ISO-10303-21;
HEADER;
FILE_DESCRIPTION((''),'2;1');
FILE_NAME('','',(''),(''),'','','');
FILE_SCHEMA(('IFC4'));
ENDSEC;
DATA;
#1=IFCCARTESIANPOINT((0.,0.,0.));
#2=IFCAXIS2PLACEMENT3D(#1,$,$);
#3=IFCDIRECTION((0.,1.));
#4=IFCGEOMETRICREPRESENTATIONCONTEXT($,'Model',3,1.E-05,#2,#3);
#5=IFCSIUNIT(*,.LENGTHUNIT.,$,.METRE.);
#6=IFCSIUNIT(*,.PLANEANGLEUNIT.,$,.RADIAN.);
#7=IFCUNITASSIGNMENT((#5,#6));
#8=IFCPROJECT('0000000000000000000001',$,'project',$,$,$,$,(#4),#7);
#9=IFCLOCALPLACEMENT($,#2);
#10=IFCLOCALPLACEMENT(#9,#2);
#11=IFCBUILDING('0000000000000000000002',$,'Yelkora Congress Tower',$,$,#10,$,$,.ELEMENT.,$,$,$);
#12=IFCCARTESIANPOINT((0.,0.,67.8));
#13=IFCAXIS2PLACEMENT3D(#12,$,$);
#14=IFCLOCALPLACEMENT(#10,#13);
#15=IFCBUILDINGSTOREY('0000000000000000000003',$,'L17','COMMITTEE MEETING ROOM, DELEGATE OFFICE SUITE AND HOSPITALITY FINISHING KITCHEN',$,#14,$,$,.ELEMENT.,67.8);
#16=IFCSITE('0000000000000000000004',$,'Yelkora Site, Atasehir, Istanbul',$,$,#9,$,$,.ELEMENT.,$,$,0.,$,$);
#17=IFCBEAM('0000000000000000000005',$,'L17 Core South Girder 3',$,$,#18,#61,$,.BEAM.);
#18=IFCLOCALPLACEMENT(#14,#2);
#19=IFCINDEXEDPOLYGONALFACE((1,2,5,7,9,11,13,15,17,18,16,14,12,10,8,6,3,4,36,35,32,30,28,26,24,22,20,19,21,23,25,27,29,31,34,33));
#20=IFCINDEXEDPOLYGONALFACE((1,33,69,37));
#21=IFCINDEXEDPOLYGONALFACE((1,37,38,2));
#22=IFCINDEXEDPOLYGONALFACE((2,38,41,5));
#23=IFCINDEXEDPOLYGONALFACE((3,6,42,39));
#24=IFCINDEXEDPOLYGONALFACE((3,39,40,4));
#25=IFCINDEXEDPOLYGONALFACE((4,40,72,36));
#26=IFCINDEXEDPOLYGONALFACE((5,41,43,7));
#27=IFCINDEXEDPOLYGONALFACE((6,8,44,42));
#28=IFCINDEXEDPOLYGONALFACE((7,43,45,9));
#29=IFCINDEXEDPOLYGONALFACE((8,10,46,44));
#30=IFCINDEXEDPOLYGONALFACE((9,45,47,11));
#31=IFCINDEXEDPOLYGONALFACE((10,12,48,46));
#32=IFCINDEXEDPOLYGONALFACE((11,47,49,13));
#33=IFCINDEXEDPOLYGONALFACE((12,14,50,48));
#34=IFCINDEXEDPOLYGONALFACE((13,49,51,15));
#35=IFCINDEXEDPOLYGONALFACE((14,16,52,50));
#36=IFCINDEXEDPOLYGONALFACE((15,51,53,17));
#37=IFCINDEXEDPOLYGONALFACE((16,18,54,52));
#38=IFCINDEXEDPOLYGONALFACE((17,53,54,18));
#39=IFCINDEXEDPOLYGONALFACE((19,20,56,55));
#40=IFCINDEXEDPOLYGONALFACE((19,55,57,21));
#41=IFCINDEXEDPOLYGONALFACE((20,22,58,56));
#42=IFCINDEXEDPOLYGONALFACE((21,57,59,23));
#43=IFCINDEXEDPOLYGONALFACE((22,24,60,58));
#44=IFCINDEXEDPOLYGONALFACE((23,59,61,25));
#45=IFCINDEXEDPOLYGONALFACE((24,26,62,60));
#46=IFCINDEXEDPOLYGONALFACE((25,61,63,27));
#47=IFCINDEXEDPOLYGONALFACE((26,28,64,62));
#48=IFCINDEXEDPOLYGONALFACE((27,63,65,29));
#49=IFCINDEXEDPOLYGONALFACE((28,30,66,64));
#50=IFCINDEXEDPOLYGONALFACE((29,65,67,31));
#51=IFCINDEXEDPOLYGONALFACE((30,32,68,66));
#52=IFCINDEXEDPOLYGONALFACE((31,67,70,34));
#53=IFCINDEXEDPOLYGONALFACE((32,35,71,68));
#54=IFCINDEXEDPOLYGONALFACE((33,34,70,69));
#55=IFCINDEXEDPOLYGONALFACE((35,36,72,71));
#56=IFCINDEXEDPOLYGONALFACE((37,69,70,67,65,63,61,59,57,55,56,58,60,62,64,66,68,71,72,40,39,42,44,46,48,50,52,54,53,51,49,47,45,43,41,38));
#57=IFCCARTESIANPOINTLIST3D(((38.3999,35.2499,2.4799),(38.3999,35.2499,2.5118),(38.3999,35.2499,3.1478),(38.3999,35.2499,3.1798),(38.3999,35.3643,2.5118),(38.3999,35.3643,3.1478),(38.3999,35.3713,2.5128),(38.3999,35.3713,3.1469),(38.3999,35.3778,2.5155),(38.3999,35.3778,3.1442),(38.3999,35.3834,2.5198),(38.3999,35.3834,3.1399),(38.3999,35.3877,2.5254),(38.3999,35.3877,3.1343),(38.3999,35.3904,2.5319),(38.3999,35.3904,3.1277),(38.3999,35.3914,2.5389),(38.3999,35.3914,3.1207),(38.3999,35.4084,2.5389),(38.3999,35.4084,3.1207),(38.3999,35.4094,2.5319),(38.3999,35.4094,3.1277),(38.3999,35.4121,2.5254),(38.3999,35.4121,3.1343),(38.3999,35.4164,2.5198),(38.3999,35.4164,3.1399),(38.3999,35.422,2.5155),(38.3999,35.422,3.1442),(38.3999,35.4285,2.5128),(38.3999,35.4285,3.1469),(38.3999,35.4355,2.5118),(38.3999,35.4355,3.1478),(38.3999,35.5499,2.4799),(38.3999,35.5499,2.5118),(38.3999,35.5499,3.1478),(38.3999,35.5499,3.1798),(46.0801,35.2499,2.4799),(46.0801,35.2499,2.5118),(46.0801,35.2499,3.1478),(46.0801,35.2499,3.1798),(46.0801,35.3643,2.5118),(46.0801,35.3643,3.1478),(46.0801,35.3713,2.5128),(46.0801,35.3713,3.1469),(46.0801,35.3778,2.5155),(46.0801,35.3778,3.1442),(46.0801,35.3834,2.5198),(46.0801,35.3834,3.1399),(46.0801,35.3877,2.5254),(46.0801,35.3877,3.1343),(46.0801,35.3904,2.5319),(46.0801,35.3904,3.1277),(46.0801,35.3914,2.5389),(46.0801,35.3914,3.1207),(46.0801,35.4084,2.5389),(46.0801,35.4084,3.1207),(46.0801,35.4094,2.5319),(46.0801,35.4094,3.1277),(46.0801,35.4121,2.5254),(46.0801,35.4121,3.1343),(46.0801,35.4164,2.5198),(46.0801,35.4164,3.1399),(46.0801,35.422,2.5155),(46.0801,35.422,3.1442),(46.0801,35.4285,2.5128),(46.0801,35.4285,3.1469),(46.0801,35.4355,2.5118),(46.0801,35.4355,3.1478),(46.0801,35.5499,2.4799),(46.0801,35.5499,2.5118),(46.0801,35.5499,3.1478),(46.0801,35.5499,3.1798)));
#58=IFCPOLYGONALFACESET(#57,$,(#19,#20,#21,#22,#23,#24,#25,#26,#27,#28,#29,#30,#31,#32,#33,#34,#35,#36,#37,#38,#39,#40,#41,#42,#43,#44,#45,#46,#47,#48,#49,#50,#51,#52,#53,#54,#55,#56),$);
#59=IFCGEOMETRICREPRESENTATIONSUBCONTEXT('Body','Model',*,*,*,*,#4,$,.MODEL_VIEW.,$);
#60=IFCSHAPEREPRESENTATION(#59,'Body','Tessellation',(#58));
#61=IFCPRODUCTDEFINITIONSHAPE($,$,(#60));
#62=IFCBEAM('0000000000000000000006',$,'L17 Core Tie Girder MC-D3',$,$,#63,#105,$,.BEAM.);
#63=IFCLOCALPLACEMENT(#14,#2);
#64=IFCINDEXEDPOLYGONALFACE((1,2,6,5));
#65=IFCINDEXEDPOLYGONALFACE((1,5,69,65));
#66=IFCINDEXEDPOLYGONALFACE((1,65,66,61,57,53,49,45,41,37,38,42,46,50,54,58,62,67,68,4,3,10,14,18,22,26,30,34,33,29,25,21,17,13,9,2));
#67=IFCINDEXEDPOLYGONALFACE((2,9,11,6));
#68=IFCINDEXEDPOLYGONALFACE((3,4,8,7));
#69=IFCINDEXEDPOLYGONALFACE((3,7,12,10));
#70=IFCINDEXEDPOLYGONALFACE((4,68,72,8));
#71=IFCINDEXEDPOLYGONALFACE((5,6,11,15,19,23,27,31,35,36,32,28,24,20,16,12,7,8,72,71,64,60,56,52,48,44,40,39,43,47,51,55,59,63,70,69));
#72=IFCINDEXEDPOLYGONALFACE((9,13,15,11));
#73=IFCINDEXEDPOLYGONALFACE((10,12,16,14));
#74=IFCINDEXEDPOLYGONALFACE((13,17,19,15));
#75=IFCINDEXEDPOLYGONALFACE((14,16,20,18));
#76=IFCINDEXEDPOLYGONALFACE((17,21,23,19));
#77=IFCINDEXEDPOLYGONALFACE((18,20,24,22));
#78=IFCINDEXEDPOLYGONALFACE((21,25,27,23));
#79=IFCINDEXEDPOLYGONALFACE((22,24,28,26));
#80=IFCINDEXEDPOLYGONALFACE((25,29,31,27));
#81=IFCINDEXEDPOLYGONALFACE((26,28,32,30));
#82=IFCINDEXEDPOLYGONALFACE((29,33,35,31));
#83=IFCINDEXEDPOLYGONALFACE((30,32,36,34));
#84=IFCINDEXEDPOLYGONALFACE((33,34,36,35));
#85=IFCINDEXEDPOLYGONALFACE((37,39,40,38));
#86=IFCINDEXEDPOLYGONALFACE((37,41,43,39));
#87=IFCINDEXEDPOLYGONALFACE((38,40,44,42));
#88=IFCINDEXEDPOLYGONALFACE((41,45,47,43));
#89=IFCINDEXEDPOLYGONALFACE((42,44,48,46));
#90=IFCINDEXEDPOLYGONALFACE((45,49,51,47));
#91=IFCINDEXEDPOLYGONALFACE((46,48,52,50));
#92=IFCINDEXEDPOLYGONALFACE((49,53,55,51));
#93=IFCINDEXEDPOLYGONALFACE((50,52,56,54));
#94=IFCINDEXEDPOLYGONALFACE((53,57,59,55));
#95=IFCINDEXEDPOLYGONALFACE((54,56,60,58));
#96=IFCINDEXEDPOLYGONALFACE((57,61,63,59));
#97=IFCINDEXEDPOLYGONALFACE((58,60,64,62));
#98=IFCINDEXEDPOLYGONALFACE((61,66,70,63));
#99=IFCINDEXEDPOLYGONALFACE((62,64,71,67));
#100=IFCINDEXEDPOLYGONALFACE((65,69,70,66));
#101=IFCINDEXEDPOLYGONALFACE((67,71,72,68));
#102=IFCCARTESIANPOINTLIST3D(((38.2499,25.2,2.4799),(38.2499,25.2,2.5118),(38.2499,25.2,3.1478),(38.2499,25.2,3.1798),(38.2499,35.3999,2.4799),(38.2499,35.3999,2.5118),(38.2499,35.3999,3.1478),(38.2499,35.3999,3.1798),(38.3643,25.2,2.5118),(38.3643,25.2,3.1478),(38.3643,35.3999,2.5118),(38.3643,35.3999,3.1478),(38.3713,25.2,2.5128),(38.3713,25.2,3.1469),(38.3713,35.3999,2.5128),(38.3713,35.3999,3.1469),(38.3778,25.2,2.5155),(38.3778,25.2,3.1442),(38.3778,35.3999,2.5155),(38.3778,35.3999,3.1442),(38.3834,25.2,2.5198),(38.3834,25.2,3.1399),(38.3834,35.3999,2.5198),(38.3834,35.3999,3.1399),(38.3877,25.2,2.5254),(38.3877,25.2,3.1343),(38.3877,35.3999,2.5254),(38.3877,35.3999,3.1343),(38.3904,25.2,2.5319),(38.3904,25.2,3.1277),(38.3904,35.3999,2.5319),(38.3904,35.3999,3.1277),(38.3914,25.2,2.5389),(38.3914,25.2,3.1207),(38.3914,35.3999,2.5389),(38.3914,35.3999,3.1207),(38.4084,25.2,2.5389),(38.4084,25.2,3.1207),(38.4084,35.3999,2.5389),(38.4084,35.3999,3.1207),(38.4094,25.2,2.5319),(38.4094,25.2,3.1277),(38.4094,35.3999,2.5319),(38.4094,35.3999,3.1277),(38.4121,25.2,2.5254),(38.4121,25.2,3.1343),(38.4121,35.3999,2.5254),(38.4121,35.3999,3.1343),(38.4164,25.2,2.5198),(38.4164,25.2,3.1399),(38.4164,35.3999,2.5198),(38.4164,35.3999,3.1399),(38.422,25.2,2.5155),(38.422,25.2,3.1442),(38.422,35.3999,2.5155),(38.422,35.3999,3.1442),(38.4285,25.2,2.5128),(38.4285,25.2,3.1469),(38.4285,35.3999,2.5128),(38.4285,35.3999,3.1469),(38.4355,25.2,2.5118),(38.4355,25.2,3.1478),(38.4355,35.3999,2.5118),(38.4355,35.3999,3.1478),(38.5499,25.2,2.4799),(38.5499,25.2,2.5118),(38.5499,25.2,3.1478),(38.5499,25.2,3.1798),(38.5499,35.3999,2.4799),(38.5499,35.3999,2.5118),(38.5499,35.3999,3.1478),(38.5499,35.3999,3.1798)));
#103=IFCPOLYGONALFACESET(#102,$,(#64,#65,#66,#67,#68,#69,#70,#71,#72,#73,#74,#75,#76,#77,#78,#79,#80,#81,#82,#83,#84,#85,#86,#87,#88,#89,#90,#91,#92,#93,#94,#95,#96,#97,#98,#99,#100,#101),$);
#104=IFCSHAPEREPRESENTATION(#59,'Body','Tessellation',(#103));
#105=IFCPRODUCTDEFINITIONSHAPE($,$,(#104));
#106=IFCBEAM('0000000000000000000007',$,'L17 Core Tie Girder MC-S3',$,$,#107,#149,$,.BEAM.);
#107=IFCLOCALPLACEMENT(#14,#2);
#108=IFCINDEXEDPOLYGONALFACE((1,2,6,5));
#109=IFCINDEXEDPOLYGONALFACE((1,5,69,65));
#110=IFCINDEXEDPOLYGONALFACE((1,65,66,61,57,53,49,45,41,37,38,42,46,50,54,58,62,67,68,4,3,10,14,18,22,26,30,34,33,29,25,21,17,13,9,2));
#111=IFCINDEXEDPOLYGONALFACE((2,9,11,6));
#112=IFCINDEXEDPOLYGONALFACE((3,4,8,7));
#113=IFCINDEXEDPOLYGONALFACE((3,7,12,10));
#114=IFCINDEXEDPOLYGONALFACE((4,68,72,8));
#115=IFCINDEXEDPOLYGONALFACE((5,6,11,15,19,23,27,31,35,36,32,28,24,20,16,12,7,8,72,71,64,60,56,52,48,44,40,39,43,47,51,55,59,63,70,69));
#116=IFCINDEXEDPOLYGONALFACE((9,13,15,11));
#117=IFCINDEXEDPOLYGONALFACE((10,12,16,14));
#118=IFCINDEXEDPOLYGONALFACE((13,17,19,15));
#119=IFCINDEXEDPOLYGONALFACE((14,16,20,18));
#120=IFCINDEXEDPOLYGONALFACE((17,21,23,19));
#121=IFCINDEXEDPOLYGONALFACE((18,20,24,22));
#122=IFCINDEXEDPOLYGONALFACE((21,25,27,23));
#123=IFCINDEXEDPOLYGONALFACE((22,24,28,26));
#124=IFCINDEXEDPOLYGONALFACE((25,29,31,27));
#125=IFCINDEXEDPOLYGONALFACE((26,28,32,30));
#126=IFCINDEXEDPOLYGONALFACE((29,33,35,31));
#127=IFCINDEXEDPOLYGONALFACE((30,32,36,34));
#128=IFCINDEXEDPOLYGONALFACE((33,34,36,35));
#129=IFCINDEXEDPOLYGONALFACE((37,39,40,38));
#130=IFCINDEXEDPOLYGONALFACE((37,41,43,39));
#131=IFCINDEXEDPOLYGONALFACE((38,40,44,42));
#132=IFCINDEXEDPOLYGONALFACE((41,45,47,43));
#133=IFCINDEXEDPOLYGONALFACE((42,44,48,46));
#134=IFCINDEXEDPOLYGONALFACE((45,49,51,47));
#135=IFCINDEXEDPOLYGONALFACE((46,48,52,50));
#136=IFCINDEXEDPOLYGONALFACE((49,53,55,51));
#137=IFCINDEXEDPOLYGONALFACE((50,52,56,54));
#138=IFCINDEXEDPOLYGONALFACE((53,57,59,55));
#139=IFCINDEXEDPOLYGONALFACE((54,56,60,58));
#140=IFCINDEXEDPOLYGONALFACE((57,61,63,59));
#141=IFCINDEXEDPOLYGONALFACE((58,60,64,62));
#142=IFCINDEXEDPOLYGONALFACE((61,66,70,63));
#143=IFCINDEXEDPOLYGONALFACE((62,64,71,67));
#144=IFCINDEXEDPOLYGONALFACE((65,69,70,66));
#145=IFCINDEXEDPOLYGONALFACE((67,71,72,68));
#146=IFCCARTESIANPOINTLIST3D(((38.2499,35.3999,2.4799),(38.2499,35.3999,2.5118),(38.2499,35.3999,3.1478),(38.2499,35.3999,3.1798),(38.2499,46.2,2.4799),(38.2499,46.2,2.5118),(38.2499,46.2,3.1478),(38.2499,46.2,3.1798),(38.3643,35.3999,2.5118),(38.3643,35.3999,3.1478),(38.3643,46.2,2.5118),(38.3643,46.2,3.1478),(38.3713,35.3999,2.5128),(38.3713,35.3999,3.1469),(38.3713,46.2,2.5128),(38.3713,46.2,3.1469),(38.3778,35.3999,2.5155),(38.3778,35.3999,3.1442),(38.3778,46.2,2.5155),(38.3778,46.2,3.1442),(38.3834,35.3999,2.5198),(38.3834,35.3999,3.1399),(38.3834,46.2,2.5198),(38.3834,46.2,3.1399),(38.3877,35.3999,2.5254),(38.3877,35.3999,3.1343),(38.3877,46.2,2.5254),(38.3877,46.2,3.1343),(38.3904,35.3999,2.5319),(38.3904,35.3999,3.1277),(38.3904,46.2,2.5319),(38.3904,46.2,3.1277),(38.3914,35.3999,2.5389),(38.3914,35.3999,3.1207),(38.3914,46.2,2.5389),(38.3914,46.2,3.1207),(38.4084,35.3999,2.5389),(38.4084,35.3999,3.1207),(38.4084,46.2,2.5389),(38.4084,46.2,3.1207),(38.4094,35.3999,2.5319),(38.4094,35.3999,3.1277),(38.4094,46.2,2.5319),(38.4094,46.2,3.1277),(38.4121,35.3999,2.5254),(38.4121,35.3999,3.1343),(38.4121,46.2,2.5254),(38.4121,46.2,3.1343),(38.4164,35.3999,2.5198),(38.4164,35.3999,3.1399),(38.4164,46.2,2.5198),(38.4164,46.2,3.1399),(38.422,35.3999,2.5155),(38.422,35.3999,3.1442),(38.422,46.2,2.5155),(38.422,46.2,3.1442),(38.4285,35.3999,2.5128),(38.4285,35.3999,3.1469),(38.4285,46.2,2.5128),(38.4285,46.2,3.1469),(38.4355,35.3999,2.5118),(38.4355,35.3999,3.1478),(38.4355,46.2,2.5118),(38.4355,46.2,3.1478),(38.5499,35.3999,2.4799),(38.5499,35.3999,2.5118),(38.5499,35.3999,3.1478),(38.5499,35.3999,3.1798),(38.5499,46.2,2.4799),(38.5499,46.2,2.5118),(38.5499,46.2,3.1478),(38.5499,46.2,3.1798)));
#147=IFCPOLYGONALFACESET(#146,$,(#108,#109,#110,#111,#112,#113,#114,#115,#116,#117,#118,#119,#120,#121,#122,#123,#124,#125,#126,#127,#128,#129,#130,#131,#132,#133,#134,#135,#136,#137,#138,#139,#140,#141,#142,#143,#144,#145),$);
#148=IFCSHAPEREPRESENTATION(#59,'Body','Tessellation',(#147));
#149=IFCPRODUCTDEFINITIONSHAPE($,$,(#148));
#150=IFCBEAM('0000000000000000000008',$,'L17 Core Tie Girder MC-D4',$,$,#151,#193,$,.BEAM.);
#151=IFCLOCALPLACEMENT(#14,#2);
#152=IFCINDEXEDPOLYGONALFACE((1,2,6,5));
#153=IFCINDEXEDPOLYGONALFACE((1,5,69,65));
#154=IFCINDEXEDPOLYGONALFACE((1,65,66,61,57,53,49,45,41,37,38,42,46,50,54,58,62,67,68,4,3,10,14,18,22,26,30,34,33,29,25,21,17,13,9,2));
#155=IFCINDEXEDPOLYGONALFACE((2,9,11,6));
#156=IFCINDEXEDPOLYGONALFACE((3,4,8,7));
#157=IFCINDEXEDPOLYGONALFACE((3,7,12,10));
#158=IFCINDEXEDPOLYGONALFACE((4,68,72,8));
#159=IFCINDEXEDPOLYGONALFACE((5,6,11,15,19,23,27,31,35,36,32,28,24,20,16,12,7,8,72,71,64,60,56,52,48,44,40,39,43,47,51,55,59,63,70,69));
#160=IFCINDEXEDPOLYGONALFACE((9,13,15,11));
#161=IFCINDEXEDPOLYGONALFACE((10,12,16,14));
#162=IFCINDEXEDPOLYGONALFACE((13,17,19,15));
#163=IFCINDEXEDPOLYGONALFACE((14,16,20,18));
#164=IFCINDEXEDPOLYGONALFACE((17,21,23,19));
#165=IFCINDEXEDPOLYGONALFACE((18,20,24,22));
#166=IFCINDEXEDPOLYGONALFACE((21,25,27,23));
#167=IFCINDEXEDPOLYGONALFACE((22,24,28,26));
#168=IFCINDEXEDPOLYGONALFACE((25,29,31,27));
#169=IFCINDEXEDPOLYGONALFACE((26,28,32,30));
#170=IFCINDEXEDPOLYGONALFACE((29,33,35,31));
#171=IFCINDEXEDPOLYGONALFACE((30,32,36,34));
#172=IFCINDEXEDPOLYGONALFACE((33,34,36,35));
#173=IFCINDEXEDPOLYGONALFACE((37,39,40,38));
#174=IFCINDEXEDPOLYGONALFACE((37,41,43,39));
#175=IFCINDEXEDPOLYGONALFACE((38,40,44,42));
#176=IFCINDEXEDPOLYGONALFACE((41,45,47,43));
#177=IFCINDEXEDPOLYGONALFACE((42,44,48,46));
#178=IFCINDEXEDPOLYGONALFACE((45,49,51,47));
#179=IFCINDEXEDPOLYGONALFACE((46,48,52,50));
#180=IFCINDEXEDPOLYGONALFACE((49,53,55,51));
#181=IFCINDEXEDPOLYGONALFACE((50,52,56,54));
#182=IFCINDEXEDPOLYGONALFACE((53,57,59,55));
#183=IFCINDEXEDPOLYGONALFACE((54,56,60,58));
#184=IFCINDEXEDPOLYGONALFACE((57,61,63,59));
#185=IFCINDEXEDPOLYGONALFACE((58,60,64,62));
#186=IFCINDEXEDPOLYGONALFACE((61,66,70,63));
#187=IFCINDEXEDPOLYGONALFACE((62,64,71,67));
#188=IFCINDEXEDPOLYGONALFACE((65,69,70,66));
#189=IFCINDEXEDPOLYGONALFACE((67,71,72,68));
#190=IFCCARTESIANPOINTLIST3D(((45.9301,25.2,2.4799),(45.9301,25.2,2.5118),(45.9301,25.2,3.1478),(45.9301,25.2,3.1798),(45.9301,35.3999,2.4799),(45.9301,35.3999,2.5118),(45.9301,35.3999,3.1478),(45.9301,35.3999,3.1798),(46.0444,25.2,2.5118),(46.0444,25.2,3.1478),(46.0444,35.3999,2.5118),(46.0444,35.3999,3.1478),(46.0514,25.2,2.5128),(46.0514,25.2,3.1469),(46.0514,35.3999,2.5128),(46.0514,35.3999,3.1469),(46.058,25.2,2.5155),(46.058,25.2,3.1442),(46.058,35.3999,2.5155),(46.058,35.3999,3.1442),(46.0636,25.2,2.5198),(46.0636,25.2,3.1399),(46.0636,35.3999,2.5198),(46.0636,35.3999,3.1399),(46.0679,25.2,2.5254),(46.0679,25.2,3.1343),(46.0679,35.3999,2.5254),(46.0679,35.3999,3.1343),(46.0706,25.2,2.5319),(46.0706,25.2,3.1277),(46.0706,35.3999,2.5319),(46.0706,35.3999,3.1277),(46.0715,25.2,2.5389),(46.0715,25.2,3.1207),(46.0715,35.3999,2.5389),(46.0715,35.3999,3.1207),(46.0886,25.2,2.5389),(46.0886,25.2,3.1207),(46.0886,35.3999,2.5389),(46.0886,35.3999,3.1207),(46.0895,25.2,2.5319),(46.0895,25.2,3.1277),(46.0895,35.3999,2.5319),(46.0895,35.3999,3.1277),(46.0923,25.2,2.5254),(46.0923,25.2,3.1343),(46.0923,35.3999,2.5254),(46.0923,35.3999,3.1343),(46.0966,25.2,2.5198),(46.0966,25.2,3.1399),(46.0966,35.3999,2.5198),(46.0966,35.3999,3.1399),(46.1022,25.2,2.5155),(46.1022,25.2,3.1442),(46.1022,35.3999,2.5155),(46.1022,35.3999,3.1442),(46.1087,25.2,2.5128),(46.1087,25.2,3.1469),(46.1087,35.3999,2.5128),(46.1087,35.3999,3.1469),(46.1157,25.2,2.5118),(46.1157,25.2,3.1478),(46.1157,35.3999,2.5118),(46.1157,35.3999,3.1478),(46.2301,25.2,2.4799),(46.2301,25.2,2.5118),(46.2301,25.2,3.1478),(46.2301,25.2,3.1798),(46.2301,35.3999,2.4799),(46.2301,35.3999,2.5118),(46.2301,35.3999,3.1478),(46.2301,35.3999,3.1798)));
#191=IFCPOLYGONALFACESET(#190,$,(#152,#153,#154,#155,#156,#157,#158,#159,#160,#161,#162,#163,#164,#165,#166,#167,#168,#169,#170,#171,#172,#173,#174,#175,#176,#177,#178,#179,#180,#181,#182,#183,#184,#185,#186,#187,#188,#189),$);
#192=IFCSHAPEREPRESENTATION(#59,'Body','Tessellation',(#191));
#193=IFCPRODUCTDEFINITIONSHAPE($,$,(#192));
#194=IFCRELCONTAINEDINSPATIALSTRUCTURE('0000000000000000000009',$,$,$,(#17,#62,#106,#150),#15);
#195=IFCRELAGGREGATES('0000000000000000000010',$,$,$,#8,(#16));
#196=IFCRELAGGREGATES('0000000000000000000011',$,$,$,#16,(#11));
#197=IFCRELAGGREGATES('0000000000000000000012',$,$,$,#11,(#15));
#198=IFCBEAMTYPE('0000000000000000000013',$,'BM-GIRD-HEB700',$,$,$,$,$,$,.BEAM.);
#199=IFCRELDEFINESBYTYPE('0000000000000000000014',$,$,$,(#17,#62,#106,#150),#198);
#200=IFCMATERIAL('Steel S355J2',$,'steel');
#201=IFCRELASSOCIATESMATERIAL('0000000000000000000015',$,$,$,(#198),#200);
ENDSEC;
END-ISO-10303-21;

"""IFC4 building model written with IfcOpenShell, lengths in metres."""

from ifc_helpers import new_model, si_unit, direction, frame, origin, origin_2d, place, context, subcontext, project, spatial, i_section, extrude, material, material_profile, profile_set, type_object, element, save


model = new_model("IFC4")

# Units and contexts
model_context = context("Model", 3, precision=1e-05, world=origin(), true_north=direction((0.0, 1.0)))
body_context = subcontext(model_context, "Body", "Model", "MODEL_VIEW")
ifc_project = project(units=[si_unit("LENGTHUNIT", "METRE"), si_unit("PLANEANGLEUNIT", "RADIAN")], contexts=[model_context])

# Site, building, storey
site_placement = place(None, origin())
site = spatial("IfcSite", under=ifc_project, at=site_placement, Name="Yelkora Site, Atasehir, Istanbul", CompositionType="ELEMENT", RefElevation=0.0)
building_placement = place(site_placement, origin())
building = spatial("IfcBuilding", under=site, at=building_placement, Name="Yelkora Congress Tower", CompositionType="ELEMENT")
storey_placement = place(building_placement, frame((0.0, 0.0, 67.8)))
storey = spatial("IfcBuildingStorey", under=building, at=storey_placement, Name="L17", Description="COMMITTEE MEETING ROOM, DELEGATE OFFICE SUITE AND HOSPITALITY FINISHING KITCHEN", CompositionType="ELEMENT", Elevation=67.8)

# Beams
ifc_material_1 = material(Name="Steel S355J2", Category="steel")
ifc_material_profile_1 = material_profile(ifc_material_1, i_section(OverallWidth=0.3, OverallDepth=0.7, WebThickness=0.0171, FlangeThickness=0.032, FilletRadius=0.0271, at=origin_2d()), Name="HEB 700")
ifc_profile_set_1 = profile_set([ifc_material_profile_1], Name="Steel S355J2")
beam_type_1 = type_object("IfcBeamType", Name="BM-GIRD-HEB700", PredefinedType="BEAM", material=ifc_profile_set_1)
beam_1_placement = place(storey_placement, frame((38.3999, 35.3999, 2.8298), z_axis=(1.0, 0.0, 0.0), x_axis=(0.0, 1.0, 0.0)))
element("IfcBeam", 1, at=beam_1_placement, inside=storey, type_object=beam_type_1, Name="L17 Core South Girder 3", PredefinedType="BEAM", context=body_context, shape_type="SweptSolid", body=[
    extrude(i_section(OverallWidth=0.3, OverallDepth=0.7, WebThickness=0.0171, FlangeThickness=0.032, FilletRadius=0.0271, at=origin_2d()), origin(), (0.0, 0.0, 1.0), 7.6802),
])
beam_2_placement = place(storey_placement, frame((38.3999, 25.2, 2.8298), z_axis=(0.0, 1.0, 0.0), x_axis=(-1.0, 0.0, 0.0)))
element("IfcBeam", 2, at=beam_2_placement, inside=storey, type_object=beam_type_1, Name="L17 Core Tie Girder MC-D3", PredefinedType="BEAM", context=body_context, shape_type="SweptSolid", body=[
    extrude(i_section(OverallWidth=0.3, OverallDepth=0.7, WebThickness=0.0171, FlangeThickness=0.032, FilletRadius=0.0271, at=origin_2d()), origin(), (0.0, 0.0, 1.0), 10.2),
])
beam_3_placement = place(storey_placement, frame((38.3999, 35.3999, 2.8298), z_axis=(0.0, 1.0, 0.0), x_axis=(-1.0, 0.0, 0.0)))
element("IfcBeam", 3, at=beam_3_placement, inside=storey, type_object=beam_type_1, Name="L17 Core Tie Girder MC-S3", PredefinedType="BEAM", context=body_context, shape_type="SweptSolid", body=[
    extrude(i_section(OverallWidth=0.3, OverallDepth=0.7, WebThickness=0.0171, FlangeThickness=0.032, FilletRadius=0.0271, at=origin_2d()), origin(), (0.0, 0.0, 1.0), 10.8),
])
for number, where, z_axis, x_axis, name in (
    (4, (46.0801, 25.2, 2.8298), (0.0, 1.0, 0.0), (-1.0, 0.0, 0.0), "L17 Core Tie Girder MC-D4"),
):
    element("IfcBeam", number, at=place(storey_placement, frame(where, z_axis=z_axis, x_axis=x_axis)), inside=storey, type_object=beam_type_1, Name=name, PredefinedType="BEAM", context=body_context, shape_type="SweptSolid", body=[
        extrude(i_section(OverallWidth=0.3, OverallDepth=0.7, WebThickness=0.0171, FlangeThickness=0.032, FilletRadius=0.0271, at=origin_2d()), origin(), (0.0, 0.0, 1.0), 10.2),
    ])

save(model, "model.ifc")
